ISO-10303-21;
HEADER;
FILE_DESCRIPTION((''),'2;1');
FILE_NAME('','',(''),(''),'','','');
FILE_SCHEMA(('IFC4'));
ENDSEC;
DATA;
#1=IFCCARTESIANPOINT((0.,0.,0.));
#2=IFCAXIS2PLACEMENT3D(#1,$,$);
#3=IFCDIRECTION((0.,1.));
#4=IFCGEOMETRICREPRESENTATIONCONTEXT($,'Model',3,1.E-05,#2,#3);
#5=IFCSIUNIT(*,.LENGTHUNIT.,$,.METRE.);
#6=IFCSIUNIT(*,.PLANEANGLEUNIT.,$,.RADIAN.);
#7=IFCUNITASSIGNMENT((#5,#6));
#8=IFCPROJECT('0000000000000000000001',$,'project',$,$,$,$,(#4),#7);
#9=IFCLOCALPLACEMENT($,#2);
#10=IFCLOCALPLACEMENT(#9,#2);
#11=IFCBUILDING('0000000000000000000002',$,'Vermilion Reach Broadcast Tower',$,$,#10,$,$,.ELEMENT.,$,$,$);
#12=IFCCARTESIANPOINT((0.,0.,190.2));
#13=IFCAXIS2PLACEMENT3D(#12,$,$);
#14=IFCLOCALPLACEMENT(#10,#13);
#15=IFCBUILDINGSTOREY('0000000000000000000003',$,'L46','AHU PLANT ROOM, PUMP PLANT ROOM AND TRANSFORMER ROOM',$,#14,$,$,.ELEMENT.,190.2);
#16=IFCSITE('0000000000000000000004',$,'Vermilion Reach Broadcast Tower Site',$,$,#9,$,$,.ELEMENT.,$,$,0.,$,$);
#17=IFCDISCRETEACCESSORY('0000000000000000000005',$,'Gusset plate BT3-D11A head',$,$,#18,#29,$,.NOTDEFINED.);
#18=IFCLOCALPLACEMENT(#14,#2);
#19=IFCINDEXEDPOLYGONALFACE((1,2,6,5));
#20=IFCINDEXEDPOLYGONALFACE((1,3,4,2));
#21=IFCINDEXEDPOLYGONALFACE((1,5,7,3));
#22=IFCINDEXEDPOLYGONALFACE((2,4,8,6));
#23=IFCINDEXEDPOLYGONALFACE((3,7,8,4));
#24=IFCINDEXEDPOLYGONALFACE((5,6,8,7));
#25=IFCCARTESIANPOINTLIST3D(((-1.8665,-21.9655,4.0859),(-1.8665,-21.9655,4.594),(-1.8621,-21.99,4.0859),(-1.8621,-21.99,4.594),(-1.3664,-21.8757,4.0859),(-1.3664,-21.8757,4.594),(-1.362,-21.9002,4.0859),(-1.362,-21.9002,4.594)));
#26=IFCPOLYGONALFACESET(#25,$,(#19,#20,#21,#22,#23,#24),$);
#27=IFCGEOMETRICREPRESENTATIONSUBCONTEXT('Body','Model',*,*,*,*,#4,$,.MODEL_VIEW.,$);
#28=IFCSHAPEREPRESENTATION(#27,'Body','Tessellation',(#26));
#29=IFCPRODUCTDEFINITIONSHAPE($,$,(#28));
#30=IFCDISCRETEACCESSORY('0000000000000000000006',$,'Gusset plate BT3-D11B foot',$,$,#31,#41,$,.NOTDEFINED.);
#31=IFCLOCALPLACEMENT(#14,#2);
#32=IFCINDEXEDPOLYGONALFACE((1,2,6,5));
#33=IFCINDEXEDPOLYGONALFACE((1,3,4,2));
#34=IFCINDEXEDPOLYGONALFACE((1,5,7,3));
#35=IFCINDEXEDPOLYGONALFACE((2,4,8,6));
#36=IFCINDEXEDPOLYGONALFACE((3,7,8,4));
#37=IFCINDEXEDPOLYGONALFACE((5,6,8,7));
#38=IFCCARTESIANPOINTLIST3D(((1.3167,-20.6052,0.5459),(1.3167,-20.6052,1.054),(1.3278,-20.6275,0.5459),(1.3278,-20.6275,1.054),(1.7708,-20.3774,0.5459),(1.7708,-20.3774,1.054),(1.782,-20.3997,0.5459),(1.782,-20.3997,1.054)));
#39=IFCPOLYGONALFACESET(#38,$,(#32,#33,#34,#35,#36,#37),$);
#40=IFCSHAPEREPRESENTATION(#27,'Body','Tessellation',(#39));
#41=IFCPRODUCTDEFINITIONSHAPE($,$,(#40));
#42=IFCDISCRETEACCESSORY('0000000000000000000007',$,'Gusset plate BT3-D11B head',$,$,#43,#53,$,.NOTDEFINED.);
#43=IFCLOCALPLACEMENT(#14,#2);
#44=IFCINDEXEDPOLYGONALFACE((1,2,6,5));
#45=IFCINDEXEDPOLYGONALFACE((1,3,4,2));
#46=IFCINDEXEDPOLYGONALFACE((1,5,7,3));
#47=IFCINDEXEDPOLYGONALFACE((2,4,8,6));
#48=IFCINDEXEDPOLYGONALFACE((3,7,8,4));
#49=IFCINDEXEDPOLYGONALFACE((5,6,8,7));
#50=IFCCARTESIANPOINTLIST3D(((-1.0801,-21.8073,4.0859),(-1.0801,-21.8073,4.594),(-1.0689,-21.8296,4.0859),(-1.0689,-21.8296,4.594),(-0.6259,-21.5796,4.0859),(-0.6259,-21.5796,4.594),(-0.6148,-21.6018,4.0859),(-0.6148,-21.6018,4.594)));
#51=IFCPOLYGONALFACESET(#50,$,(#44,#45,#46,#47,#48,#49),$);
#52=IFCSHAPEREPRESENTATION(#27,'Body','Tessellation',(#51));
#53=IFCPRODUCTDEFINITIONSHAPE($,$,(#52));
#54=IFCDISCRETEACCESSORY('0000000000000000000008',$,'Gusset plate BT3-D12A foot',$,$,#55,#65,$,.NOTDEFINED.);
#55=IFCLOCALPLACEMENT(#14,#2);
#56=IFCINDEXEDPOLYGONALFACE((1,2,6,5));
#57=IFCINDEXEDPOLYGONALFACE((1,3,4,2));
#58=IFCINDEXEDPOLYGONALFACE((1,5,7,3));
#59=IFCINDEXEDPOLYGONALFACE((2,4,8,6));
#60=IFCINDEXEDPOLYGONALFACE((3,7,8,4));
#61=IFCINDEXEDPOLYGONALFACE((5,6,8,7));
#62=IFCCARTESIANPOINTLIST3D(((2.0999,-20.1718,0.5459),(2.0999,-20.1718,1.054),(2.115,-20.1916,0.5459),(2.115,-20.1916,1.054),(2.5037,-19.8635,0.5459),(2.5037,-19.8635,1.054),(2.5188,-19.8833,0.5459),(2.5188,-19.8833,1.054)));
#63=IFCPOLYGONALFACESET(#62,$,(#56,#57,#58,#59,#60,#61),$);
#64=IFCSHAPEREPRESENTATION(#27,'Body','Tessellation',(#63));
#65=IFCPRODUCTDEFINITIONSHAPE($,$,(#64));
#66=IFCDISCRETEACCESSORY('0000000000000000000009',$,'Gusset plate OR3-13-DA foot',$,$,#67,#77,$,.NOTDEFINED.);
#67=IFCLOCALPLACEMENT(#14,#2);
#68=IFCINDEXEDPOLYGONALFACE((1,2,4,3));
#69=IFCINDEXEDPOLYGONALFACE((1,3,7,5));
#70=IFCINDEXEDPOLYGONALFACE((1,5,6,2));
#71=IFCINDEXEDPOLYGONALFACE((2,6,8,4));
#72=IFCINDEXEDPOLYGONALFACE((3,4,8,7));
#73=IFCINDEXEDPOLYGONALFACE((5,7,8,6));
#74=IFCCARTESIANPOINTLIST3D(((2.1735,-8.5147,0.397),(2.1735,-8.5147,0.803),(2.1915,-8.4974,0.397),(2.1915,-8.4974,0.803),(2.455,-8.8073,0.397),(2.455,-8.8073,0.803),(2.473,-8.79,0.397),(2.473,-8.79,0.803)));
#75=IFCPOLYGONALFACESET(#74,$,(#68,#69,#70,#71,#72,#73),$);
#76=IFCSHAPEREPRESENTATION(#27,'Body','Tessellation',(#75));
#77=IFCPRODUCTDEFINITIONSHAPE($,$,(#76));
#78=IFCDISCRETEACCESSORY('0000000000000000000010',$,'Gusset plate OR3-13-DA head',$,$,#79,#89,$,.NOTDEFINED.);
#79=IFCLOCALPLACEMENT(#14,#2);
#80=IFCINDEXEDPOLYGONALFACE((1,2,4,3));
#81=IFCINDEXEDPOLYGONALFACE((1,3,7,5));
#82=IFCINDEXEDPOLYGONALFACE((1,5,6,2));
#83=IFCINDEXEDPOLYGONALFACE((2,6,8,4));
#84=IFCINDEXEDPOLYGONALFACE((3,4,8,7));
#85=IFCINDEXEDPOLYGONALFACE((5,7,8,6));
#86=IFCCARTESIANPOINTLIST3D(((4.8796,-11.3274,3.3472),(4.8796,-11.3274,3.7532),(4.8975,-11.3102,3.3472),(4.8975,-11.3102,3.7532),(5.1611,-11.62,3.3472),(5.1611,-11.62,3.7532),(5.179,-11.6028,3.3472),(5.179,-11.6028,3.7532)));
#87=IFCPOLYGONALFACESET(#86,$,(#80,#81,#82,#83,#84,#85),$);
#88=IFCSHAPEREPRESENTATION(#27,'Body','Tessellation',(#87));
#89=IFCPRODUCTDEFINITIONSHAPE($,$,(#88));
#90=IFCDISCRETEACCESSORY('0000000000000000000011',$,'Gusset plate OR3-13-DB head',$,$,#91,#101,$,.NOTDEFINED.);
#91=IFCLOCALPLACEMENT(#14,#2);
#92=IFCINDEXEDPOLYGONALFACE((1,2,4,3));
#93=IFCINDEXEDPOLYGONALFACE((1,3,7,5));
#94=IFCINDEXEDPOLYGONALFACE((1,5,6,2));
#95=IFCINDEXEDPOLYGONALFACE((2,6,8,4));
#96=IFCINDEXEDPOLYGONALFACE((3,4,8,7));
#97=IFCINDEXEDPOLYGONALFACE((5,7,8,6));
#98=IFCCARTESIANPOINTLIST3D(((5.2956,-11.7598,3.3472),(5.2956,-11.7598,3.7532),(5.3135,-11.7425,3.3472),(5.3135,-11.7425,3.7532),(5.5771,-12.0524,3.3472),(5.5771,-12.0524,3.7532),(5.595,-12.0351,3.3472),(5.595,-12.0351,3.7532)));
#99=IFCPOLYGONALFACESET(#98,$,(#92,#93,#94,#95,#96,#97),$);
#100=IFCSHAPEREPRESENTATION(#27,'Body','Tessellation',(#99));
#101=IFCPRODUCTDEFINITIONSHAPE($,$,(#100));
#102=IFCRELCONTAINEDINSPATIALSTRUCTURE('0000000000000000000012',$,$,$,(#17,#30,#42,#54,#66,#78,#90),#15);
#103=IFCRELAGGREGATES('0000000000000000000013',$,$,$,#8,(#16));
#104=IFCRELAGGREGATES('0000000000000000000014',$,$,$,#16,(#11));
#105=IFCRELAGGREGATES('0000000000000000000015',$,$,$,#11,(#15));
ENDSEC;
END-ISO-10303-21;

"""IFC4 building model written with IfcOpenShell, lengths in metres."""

from ifc_helpers import new_model, si_unit, direction, frame, origin, origin_2d, place, context, subcontext, project, spatial, rectangle, extrude, element, save


model = new_model("IFC4")

# Units and contexts
model_context = context("Model", 3, precision=1e-05, world=origin(), true_north=direction((0.0, 1.0)))
body_context = subcontext(model_context, "Body", "Model", "MODEL_VIEW")
ifc_project = project(units=[si_unit("LENGTHUNIT", "METRE"), si_unit("PLANEANGLEUNIT", "RADIAN")], contexts=[model_context])

# Site, building, storey
site_placement = place(None, origin())
site = spatial("IfcSite", under=ifc_project, at=site_placement, Name="Vermilion Reach Broadcast Tower Site", CompositionType="ELEMENT", RefElevation=0.0)
building_placement = place(site_placement, origin())
building = spatial("IfcBuilding", under=site, at=building_placement, Name="Vermilion Reach Broadcast Tower", CompositionType="ELEMENT")
storey_placement = place(building_placement, frame((0.0, 0.0, 190.2)))
storey = spatial("IfcBuildingStorey", under=building, at=storey_placement, Name="L46", Description="AHU PLANT ROOM, PUMP PLANT ROOM AND TRANSFORMER ROOM", CompositionType="ELEMENT", Elevation=190.2)

# Discrete accessories
for number, where, z_axis, x_axis, name in (
    (1, (-1.6143, -21.9329, 4.0859), (0.0, 0.0, 1.0), (-0.176788, 0.984249, 0.0), "Gusset plate BT3-D11A head"),
    (2, (1.5493, -20.5024, 0.5459), (0.0, 0.0, 1.0), (0.4483, -0.893883, 0.0), "Gusset plate BT3-D11B foot"),
    (3, (-0.8474, -21.7046, 4.0859), (0.0, 0.0, 1.0), (0.4483, -0.893883, 0.0), "Gusset plate BT3-D11B head"),
    (4, (2.3093, -20.0276, 0.5459), (0.0, 0.0, 1.0), (-0.606799, 0.794856, 0.0), "Gusset plate BT3-D12A foot"),
):
    element("IfcDiscreteAccessory", number, at=place(storey_placement, frame(where, z_axis=z_axis, x_axis=x_axis)), inside=storey, Name=name, PredefinedType="NOTDEFINED", context=body_context, shape_type="SweptSolid", body=[
        extrude(rectangle(XDim=0.0249, YDim=0.5081, at=origin_2d()), origin(), (0.0, 0.0, 1.0), 0.5081),
    ])
for number, where, z_axis, x_axis, name in (
    (5, (2.3232, -8.6523, 0.397), (0.0, 0.0, 1.0), (0.720672, 0.693276, 0.0), "Gusset plate OR3-13-DA foot"),
    (6, (5.0293, -11.4651, 3.3472), (0.0, 0.0, 1.0), (0.720672, 0.693276, 0.0), "Gusset plate OR3-13-DA head"),
    (7, (5.4453, -11.8975, 3.3472), (0.0, 0.0, 1.0), (0.720672, 0.693276, 0.0), "Gusset plate OR3-13-DB head"),
):
    element("IfcDiscreteAccessory", number, at=place(storey_placement, frame(where, z_axis=z_axis, x_axis=x_axis)), inside=storey, Name=name, PredefinedType="NOTDEFINED", context=body_context, shape_type="SweptSolid", body=[
        extrude(rectangle(XDim=0.0249, YDim=0.406, at=origin_2d()), origin(), (0.0, 0.0, 1.0), 0.406),
    ])

save(model, "model.ifc")
